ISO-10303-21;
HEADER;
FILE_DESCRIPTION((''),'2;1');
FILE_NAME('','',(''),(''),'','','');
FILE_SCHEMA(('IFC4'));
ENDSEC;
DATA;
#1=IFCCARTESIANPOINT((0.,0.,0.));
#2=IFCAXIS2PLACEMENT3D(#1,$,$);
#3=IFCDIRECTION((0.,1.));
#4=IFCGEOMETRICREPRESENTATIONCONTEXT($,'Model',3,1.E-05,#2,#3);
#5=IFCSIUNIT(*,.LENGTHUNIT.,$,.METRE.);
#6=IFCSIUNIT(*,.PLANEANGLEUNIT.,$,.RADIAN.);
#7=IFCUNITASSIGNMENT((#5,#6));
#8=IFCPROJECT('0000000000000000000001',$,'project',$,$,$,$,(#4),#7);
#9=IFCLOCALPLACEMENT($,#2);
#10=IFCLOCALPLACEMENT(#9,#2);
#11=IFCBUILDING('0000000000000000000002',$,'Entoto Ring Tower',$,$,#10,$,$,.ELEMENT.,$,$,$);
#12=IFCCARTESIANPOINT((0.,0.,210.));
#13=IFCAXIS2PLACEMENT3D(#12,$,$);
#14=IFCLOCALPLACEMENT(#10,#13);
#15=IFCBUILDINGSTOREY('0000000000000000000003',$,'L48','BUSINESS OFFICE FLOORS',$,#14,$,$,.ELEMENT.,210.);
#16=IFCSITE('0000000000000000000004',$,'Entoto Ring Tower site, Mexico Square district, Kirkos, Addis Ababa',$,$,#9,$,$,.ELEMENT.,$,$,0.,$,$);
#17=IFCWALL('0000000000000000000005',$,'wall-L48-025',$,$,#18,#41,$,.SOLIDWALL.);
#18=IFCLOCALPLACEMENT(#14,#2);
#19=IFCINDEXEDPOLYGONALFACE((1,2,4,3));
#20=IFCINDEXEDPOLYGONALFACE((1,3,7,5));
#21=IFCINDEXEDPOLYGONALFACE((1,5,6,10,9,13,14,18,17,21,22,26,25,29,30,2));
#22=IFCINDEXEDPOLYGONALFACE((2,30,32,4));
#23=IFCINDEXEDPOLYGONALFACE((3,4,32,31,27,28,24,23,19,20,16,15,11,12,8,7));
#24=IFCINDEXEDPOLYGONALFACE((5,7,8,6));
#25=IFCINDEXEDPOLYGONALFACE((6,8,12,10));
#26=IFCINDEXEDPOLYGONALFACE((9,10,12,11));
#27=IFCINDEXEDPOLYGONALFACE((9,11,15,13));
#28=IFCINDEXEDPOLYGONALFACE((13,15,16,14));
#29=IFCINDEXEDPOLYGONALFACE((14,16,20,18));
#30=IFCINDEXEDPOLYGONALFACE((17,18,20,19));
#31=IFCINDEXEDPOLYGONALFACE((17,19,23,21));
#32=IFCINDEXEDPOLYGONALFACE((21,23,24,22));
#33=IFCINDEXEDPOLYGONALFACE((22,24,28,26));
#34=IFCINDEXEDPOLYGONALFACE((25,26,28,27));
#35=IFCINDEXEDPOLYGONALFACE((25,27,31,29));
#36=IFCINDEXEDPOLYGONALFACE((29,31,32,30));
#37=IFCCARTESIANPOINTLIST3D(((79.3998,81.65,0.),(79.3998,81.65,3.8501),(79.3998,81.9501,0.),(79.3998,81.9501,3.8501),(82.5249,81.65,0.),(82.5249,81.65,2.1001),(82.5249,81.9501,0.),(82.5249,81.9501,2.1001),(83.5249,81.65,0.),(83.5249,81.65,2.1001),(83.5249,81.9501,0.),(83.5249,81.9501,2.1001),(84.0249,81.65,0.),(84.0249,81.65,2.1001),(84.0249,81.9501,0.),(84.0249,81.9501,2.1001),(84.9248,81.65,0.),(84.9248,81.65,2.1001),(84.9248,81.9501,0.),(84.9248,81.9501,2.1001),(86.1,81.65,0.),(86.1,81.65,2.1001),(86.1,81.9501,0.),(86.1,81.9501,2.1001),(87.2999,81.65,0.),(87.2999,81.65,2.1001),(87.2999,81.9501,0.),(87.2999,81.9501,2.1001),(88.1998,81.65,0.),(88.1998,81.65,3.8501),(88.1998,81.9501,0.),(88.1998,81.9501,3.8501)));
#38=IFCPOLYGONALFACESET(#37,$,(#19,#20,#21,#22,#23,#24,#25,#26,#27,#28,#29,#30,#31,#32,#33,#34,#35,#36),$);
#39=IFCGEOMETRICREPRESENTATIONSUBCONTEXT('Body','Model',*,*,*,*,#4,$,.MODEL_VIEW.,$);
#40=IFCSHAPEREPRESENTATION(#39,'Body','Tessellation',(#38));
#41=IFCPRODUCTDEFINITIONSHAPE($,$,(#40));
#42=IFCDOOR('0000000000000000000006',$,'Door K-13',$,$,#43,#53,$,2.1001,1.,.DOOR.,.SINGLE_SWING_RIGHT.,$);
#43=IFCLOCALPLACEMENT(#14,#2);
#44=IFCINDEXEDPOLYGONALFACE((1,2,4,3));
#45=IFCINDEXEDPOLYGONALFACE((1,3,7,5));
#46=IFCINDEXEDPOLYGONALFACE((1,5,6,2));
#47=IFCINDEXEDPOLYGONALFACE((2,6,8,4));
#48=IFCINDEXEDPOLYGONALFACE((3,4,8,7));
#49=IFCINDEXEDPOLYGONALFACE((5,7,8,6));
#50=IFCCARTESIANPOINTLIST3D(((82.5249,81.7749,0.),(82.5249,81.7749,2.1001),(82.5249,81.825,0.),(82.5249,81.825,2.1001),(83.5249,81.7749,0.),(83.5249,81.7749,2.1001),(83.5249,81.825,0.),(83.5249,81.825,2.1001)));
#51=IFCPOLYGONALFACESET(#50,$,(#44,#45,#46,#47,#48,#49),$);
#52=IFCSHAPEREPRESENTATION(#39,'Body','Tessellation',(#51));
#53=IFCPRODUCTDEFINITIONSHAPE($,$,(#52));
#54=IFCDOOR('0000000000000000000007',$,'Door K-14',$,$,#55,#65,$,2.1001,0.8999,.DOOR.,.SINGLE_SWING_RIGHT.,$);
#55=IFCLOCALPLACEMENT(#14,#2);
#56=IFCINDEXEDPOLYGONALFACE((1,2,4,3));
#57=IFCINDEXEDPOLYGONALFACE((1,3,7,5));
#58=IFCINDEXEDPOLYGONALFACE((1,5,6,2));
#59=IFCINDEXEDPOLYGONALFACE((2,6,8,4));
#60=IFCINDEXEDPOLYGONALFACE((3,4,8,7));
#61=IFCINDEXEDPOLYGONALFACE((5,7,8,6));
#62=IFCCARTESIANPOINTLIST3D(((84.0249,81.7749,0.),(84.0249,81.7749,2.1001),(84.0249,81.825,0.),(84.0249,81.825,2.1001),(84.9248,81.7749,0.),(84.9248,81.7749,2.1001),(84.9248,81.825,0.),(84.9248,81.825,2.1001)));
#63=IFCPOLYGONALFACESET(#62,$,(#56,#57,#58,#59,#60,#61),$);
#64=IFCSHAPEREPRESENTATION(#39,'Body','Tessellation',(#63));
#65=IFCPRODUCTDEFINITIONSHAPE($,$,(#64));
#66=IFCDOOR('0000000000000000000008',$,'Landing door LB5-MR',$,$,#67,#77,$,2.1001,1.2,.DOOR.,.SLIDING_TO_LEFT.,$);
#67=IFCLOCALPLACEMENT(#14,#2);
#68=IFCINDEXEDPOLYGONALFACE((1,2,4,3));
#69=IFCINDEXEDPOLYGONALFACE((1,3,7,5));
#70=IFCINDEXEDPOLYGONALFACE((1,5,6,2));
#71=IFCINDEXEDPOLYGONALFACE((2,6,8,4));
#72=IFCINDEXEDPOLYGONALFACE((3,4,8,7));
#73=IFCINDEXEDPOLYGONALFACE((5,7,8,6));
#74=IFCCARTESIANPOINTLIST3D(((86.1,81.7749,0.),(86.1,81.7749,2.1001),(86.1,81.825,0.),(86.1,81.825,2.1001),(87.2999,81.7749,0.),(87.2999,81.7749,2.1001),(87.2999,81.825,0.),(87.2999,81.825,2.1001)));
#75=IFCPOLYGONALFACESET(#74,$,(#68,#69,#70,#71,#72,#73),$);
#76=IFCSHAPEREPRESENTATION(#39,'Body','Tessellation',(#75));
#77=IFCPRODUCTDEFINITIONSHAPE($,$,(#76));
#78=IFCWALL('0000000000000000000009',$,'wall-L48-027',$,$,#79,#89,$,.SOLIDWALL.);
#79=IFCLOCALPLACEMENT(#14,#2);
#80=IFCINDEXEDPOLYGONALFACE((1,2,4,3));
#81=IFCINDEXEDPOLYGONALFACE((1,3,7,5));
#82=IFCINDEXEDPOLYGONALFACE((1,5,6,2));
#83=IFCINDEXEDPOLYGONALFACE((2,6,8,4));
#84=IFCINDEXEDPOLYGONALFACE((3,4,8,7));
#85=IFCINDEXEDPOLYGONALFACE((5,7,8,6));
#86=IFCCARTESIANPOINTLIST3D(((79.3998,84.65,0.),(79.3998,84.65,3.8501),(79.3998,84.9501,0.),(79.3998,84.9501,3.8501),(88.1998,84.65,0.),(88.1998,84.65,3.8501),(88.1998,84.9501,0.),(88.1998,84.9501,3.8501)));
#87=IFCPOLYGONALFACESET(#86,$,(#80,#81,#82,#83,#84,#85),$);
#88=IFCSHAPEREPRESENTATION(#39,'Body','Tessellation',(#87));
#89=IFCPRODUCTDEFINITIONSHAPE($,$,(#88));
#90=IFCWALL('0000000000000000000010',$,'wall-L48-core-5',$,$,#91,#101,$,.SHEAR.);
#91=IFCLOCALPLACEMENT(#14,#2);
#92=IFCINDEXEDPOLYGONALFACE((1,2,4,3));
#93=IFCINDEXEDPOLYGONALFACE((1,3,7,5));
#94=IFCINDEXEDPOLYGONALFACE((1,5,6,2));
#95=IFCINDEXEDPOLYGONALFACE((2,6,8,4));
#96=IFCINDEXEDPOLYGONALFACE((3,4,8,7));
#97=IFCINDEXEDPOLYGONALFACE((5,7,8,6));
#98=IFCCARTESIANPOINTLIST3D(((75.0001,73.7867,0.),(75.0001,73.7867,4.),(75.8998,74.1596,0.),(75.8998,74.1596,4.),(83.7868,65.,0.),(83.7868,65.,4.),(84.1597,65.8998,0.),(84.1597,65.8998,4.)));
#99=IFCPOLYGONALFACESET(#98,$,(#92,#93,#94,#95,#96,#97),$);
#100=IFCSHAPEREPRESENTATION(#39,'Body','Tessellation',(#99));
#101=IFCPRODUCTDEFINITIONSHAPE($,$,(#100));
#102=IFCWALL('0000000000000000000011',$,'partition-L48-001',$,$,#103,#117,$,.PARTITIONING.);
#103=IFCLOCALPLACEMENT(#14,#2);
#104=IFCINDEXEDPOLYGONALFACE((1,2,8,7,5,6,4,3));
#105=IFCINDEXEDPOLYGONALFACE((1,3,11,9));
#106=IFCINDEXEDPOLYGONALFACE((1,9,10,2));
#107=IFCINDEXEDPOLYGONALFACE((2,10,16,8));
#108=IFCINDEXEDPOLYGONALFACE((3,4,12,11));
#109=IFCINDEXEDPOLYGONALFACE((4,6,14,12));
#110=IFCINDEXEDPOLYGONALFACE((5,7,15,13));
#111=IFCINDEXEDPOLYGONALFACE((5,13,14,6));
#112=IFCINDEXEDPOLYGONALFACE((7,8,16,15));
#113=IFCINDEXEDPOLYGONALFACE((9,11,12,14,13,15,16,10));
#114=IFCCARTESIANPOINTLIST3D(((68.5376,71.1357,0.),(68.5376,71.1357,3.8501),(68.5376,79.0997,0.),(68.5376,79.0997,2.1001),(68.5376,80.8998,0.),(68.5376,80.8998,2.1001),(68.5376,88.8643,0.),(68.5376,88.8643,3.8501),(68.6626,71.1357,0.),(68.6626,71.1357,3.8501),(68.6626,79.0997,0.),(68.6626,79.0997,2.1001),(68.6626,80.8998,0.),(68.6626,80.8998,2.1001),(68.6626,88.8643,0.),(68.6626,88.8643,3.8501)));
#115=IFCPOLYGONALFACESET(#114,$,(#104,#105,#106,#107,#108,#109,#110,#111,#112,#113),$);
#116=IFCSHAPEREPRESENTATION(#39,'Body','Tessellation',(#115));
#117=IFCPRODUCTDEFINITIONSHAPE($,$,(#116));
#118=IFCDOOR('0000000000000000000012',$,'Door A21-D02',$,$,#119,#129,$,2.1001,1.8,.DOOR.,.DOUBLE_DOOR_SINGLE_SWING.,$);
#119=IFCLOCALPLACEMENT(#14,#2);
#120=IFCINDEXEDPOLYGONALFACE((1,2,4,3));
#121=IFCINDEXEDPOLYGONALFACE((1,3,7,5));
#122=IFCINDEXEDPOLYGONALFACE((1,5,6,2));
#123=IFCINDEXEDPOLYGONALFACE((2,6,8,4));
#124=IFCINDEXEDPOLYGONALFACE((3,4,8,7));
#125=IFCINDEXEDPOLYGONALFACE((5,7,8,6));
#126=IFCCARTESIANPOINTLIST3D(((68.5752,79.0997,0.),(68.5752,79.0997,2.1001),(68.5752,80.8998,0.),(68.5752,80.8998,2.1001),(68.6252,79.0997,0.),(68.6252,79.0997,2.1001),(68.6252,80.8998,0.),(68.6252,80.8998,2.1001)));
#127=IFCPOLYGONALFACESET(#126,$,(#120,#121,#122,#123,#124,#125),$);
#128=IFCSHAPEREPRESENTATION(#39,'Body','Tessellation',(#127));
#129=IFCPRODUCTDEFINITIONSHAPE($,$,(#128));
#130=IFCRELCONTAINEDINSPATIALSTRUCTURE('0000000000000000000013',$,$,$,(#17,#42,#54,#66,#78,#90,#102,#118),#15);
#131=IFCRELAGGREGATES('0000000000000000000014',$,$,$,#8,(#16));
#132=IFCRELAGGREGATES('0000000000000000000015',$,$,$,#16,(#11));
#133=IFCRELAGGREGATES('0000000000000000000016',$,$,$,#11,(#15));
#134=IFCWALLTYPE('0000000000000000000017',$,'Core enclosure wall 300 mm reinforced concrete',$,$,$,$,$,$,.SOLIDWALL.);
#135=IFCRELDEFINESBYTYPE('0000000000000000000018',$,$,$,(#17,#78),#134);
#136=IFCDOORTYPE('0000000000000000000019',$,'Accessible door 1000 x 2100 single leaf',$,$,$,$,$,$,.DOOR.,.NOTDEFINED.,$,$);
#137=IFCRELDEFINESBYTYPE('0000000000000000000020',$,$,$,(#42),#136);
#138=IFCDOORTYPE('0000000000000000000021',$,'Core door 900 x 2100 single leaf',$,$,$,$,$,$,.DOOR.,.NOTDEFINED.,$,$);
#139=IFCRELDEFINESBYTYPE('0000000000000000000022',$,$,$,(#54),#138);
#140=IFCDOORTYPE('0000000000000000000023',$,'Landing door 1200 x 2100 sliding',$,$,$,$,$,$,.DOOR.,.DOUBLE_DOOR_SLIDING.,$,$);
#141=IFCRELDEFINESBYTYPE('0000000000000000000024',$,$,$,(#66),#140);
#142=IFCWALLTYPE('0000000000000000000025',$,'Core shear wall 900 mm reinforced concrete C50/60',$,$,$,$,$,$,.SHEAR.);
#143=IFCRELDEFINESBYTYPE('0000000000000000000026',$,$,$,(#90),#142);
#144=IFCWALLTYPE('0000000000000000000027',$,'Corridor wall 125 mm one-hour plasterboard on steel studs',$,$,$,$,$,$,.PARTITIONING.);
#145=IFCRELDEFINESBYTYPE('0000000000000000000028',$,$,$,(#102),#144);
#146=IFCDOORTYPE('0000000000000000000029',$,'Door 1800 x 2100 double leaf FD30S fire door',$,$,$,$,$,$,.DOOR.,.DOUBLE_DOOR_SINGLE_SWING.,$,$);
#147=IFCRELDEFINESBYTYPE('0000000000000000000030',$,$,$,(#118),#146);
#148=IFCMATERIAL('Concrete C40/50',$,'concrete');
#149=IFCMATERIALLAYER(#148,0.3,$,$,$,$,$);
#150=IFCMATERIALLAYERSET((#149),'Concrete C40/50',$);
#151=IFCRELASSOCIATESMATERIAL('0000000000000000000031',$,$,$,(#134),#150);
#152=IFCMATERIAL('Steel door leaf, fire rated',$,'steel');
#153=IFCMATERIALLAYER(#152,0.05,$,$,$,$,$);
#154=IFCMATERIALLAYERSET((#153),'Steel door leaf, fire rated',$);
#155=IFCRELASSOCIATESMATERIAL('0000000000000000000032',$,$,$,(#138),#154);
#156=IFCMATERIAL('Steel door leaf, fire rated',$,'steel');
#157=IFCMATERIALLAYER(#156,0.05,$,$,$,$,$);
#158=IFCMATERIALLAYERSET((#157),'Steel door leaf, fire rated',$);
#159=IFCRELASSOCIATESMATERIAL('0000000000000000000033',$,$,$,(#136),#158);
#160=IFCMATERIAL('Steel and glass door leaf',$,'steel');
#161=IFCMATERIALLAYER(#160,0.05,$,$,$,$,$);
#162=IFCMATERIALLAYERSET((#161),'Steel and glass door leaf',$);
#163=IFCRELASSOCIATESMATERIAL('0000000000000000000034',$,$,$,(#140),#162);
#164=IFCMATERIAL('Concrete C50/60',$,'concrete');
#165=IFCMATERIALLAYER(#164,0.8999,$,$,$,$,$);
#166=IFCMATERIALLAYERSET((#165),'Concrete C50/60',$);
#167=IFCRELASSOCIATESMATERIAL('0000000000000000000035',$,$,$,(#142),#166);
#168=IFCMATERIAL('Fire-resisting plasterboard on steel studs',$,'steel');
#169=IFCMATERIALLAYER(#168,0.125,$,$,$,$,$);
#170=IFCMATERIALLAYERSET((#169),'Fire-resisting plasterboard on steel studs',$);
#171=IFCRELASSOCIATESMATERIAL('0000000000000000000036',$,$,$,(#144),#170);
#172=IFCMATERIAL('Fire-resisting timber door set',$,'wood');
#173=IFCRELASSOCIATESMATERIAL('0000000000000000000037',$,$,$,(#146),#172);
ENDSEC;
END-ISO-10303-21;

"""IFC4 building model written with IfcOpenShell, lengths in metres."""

from ifc_helpers import new_model, si_unit, direction, frame, frame_2d, origin, place, context, subcontext, project, spatial, polyline, rectangle, outline, extrude, material, layer, layer_set, type_object, element, fill, save


model = new_model("IFC4")

# Units and contexts
model_context = context("Model", 3, precision=1e-05, world=origin(), true_north=direction((0.0, 1.0)))
body_context = subcontext(model_context, "Body", "Model", "MODEL_VIEW")
ifc_project = project(units=[si_unit("LENGTHUNIT", "METRE"), si_unit("PLANEANGLEUNIT", "RADIAN")], contexts=[model_context])

# Site, building, storey
site_placement = place(None, origin())
site = spatial("IfcSite", under=ifc_project, at=site_placement, Name="Entoto Ring Tower site, Mexico Square district, Kirkos, Addis Ababa", CompositionType="ELEMENT", RefElevation=0.0)
building_placement = place(site_placement, origin())
building = spatial("IfcBuilding", under=site, at=building_placement, Name="Entoto Ring Tower", CompositionType="ELEMENT")
storey_placement = place(building_placement, frame((0.0, 0.0, 210.0)))
storey = spatial("IfcBuildingStorey", under=building, at=storey_placement, Name="L48", Description="BUSINESS OFFICE FLOORS", CompositionType="ELEMENT", Elevation=210.0)

# Shared definitions
ifc_material_1 = material(Name="Concrete C40/50", Category="concrete")
ifc_layer_1 = layer(ifc_material_1, 0.3)
ifc_layer_set_1 = layer_set([ifc_layer_1], Name="Concrete C40/50")
wall_type_1 = type_object("IfcWallType", Name="Core enclosure wall 300 mm reinforced concrete", PredefinedType="SOLIDWALL", material=ifc_layer_set_1)

# Wall, openings, doors
ifc_material_2 = material(Name="Steel door leaf, fire rated", Category="steel")
ifc_layer_2 = layer(ifc_material_2, 0.05)
ifc_layer_set_2 = layer_set([ifc_layer_2], Name="Steel door leaf, fire rated")
door_type_1 = type_object("IfcDoorType", Name="Core door 900 x 2100 single leaf", OperationType="NOTDEFINED", PredefinedType="DOOR", material=ifc_layer_set_2)
wall_1_placement = place(storey_placement, frame((79.3999, 81.8, 0.0), z_axis=(0.0, 0.0, 1.0), x_axis=(1.0, 0.0, 0.0)))
wall_1 = element("IfcWall", 1, at=wall_1_placement, inside=storey, type_object=wall_type_1, Name="wall-L48-025", PredefinedType="SOLIDWALL", context=body_context, shape_type="SweptSolid", body=[
    extrude(rectangle(XDim=8.8, YDim=0.3, at=frame_2d((4.3999, 0.0))), origin(), (0.0, 0.0, 1.0), 3.8501),
])
opening_1_placement = place(wall_1_placement, frame((6.7, 0.0, 0.0)))
opening_1 = element("IfcOpeningElement", 2, at=opening_1_placement, cuts=wall_1, PredefinedType="OPENING", context=body_context, shape_type="SweptSolid", body=[
    extrude(rectangle(XDim=1.2, YDim=2.1001, at=frame_2d((0.6001, 1.05))), frame((0.0, 0.1602, 0.0), z_axis=(0.0, -1.0, 0.0), x_axis=(1.0, 0.0, 0.0)), (0.0, 0.0, 1.0), 0.3201),
])
opening_2_placement = place(wall_1_placement, frame((3.125, 0.0, 0.0)))
opening_2 = element("IfcOpeningElement", 3, at=opening_2_placement, cuts=wall_1, PredefinedType="OPENING", context=body_context, shape_type="SweptSolid", body=[
    extrude(rectangle(XDim=1.0, YDim=2.1001, at=frame_2d((0.5, 1.05))), frame((0.0, 0.1602, 0.0), z_axis=(0.0, -1.0, 0.0), x_axis=(1.0, 0.0, 0.0)), (0.0, 0.0, 1.0), 0.3201),
])
opening_3_placement = place(wall_1_placement, frame((4.625, 0.0, 0.0)))
opening_3 = element("IfcOpeningElement", 4, at=opening_3_placement, cuts=wall_1, PredefinedType="OPENING", context=body_context, shape_type="SweptSolid", body=[
    extrude(rectangle(XDim=0.8999, YDim=2.1001, at=frame_2d((0.45, 1.05))), frame((0.0, 0.1602, 0.0), z_axis=(0.0, -1.0, 0.0), x_axis=(1.0, 0.0, 0.0)), (0.0, 0.0, 1.0), 0.3201),
])
ifc_material_3 = material(Name="Steel door leaf, fire rated", Category="steel")
ifc_layer_3 = layer(ifc_material_3, 0.05)
ifc_layer_set_3 = layer_set([ifc_layer_3], Name="Steel door leaf, fire rated")
door_type_2 = type_object("IfcDoorType", Name="Accessible door 1000 x 2100 single leaf", OperationType="NOTDEFINED", PredefinedType="DOOR", material=ifc_layer_set_3)
door_1_placement = place(opening_2_placement, origin())
door_1 = element("IfcDoor", 5, at=door_1_placement, inside=storey, type_object=door_type_2, Name="Door K-13", OperationType="SINGLE_SWING_RIGHT", OverallHeight=2.1001, OverallWidth=1.0, PredefinedType="DOOR", context=body_context, shape_type="SweptSolid", body=[
    extrude(rectangle(XDim=1.0, YDim=2.1001, at=frame_2d((0.5, 1.05))), frame((0.0, 0.0249, 0.0), z_axis=(0.0, -1.0, 0.0), x_axis=(1.0, 0.0, 0.0)), (0.0, 0.0, 1.0), 0.05),
])
fill(opening_2, door_1)
door_2_placement = place(opening_3_placement, origin())
door_2 = element("IfcDoor", 6, at=door_2_placement, inside=storey, type_object=door_type_1, Name="Door K-14", OperationType="SINGLE_SWING_RIGHT", OverallHeight=2.1001, OverallWidth=0.8999, PredefinedType="DOOR", context=body_context, shape_type="SweptSolid", body=[
    extrude(rectangle(XDim=0.8999, YDim=2.1001, at=frame_2d((0.45, 1.05))), frame((0.0, 0.0249, 0.0), z_axis=(0.0, -1.0, 0.0), x_axis=(1.0, 0.0, 0.0)), (0.0, 0.0, 1.0), 0.05),
])
fill(opening_3, door_2)
ifc_material_4 = material(Name="Steel and glass door leaf", Category="steel")
ifc_layer_4 = layer(ifc_material_4, 0.05)
ifc_layer_set_4 = layer_set([ifc_layer_4], Name="Steel and glass door leaf")
door_type_3 = type_object("IfcDoorType", Name="Landing door 1200 x 2100 sliding", OperationType="DOUBLE_DOOR_SLIDING", PredefinedType="DOOR", material=ifc_layer_set_4)
door_3_placement = place(opening_1_placement, origin())
door_3 = element("IfcDoor", 7, at=door_3_placement, inside=storey, type_object=door_type_3, Name="Landing door LB5-MR", OperationType="SLIDING_TO_LEFT", OverallHeight=2.1001, OverallWidth=1.2, PredefinedType="DOOR", context=body_context, shape_type="SweptSolid", body=[
    extrude(rectangle(XDim=1.2, YDim=2.1001, at=frame_2d((0.6001, 1.05))), frame((0.0, 0.0249, 0.0), z_axis=(0.0, -1.0, 0.0), x_axis=(1.0, 0.0, 0.0)), (0.0, 0.0, 1.0), 0.05),
])
fill(opening_1, door_3)

# Walls
wall_2_placement = place(storey_placement, frame((79.3999, 84.8, 0.0), z_axis=(0.0, 0.0, 1.0), x_axis=(1.0, 0.0, 0.0)))
element("IfcWall", 8, at=wall_2_placement, inside=storey, type_object=wall_type_1, Name="wall-L48-027", PredefinedType="SOLIDWALL", context=body_context, shape_type="SweptSolid", body=[
    extrude(rectangle(XDim=8.8, YDim=0.3, at=frame_2d((4.3999, 0.0))), origin(), (0.0, 0.0, 1.0), 3.8501),
])
ifc_material_5 = material(Name="Concrete C50/60", Category="concrete")
ifc_layer_5 = layer(ifc_material_5, 0.8999)
ifc_layer_set_5 = layer_set([ifc_layer_5], Name="Concrete C50/60")
wall_type_2 = type_object("IfcWallType", Name="Core shear wall 900 mm reinforced concrete C50/60", PredefinedType="SHEAR", material=ifc_layer_set_5)
wall_3_placement = place(storey_placement, frame((75.45, 73.9731, 0.0), z_axis=(0.0, 0.0, 1.0), x_axis=(0.707107, -0.707107, 0.0)))
element("IfcWall", 9, at=wall_3_placement, inside=storey, type_object=wall_type_2, Name="wall-L48-core-5", PredefinedType="SHEAR", context=body_context, shape_type="SweptSolid", body=[
    extrude(outline(polyline([(-0.1863, -0.45), (12.24, -0.45), (11.8674, 0.45), (0.1863, 0.45), (-0.1863, -0.45)])), origin(), (0.0, 0.0, 1.0), 4.0),
])

# Wall, opening, door
ifc_material_6 = material(Name="Fire-resisting plasterboard on steel studs", Category="steel")
ifc_layer_6 = layer(ifc_material_6, 0.125)
ifc_layer_set_6 = layer_set([ifc_layer_6], Name="Fire-resisting plasterboard on steel studs")
wall_type_3 = type_object("IfcWallType", Name="Corridor wall 125 mm one-hour plasterboard on steel studs", PredefinedType="PARTITIONING", material=ifc_layer_set_6)
wall_4_placement = place(storey_placement, frame((68.6001, 71.1357, 0.0), z_axis=(0.0, 0.0, 1.0), x_axis=(0.0, 1.0, 0.0)))
wall_4 = element("IfcWall", 10, at=wall_4_placement, inside=storey, type_object=wall_type_3, Name="partition-L48-001", PredefinedType="PARTITIONING", context=body_context, shape_type="SweptSolid", body=[
    extrude(rectangle(XDim=17.7285, YDim=0.125, at=frame_2d((8.8643, 0.0))), origin(), (0.0, 0.0, 1.0), 3.8501),
])
opening_4_placement = place(wall_4_placement, frame((7.9641, 0.0, 0.0)))
opening_4 = element("IfcOpeningElement", 11, at=opening_4_placement, cuts=wall_4, PredefinedType="OPENING", context=body_context, shape_type="SweptSolid", body=[
    extrude(rectangle(XDim=1.8, YDim=2.1001, at=frame_2d((0.8999, 1.05))), frame((0.0, 0.0725, 0.0), z_axis=(0.0, -1.0, 0.0), x_axis=(1.0, 0.0, 0.0)), (0.0, 0.0, 1.0), 0.145),
])
ifc_material_7 = material(Name="Fire-resisting timber door set", Category="wood")
door_type_4 = type_object("IfcDoorType", Name="Door 1800 x 2100 double leaf FD30S fire door", OperationType="DOUBLE_DOOR_SINGLE_SWING", PredefinedType="DOOR", material=ifc_material_7)
door_4_placement = place(opening_4_placement, origin())
door_4 = element("IfcDoor", 12, at=door_4_placement, inside=storey, type_object=door_type_4, Name="Door A21-D02", OperationType="DOUBLE_DOOR_SINGLE_SWING", OverallHeight=2.1001, OverallWidth=1.8, PredefinedType="DOOR", context=body_context, shape_type="SweptSolid", body=[
    extrude(rectangle(XDim=1.8, YDim=2.1001, at=frame_2d((0.8999, 1.05))), frame((0.0, 0.0249, 0.0), z_axis=(0.0, -1.0, 0.0), x_axis=(1.0, 0.0, 0.0)), (0.0, 0.0, 1.0), 0.05),
])
fill(opening_4, door_4)

save(model, "model.ifc")
